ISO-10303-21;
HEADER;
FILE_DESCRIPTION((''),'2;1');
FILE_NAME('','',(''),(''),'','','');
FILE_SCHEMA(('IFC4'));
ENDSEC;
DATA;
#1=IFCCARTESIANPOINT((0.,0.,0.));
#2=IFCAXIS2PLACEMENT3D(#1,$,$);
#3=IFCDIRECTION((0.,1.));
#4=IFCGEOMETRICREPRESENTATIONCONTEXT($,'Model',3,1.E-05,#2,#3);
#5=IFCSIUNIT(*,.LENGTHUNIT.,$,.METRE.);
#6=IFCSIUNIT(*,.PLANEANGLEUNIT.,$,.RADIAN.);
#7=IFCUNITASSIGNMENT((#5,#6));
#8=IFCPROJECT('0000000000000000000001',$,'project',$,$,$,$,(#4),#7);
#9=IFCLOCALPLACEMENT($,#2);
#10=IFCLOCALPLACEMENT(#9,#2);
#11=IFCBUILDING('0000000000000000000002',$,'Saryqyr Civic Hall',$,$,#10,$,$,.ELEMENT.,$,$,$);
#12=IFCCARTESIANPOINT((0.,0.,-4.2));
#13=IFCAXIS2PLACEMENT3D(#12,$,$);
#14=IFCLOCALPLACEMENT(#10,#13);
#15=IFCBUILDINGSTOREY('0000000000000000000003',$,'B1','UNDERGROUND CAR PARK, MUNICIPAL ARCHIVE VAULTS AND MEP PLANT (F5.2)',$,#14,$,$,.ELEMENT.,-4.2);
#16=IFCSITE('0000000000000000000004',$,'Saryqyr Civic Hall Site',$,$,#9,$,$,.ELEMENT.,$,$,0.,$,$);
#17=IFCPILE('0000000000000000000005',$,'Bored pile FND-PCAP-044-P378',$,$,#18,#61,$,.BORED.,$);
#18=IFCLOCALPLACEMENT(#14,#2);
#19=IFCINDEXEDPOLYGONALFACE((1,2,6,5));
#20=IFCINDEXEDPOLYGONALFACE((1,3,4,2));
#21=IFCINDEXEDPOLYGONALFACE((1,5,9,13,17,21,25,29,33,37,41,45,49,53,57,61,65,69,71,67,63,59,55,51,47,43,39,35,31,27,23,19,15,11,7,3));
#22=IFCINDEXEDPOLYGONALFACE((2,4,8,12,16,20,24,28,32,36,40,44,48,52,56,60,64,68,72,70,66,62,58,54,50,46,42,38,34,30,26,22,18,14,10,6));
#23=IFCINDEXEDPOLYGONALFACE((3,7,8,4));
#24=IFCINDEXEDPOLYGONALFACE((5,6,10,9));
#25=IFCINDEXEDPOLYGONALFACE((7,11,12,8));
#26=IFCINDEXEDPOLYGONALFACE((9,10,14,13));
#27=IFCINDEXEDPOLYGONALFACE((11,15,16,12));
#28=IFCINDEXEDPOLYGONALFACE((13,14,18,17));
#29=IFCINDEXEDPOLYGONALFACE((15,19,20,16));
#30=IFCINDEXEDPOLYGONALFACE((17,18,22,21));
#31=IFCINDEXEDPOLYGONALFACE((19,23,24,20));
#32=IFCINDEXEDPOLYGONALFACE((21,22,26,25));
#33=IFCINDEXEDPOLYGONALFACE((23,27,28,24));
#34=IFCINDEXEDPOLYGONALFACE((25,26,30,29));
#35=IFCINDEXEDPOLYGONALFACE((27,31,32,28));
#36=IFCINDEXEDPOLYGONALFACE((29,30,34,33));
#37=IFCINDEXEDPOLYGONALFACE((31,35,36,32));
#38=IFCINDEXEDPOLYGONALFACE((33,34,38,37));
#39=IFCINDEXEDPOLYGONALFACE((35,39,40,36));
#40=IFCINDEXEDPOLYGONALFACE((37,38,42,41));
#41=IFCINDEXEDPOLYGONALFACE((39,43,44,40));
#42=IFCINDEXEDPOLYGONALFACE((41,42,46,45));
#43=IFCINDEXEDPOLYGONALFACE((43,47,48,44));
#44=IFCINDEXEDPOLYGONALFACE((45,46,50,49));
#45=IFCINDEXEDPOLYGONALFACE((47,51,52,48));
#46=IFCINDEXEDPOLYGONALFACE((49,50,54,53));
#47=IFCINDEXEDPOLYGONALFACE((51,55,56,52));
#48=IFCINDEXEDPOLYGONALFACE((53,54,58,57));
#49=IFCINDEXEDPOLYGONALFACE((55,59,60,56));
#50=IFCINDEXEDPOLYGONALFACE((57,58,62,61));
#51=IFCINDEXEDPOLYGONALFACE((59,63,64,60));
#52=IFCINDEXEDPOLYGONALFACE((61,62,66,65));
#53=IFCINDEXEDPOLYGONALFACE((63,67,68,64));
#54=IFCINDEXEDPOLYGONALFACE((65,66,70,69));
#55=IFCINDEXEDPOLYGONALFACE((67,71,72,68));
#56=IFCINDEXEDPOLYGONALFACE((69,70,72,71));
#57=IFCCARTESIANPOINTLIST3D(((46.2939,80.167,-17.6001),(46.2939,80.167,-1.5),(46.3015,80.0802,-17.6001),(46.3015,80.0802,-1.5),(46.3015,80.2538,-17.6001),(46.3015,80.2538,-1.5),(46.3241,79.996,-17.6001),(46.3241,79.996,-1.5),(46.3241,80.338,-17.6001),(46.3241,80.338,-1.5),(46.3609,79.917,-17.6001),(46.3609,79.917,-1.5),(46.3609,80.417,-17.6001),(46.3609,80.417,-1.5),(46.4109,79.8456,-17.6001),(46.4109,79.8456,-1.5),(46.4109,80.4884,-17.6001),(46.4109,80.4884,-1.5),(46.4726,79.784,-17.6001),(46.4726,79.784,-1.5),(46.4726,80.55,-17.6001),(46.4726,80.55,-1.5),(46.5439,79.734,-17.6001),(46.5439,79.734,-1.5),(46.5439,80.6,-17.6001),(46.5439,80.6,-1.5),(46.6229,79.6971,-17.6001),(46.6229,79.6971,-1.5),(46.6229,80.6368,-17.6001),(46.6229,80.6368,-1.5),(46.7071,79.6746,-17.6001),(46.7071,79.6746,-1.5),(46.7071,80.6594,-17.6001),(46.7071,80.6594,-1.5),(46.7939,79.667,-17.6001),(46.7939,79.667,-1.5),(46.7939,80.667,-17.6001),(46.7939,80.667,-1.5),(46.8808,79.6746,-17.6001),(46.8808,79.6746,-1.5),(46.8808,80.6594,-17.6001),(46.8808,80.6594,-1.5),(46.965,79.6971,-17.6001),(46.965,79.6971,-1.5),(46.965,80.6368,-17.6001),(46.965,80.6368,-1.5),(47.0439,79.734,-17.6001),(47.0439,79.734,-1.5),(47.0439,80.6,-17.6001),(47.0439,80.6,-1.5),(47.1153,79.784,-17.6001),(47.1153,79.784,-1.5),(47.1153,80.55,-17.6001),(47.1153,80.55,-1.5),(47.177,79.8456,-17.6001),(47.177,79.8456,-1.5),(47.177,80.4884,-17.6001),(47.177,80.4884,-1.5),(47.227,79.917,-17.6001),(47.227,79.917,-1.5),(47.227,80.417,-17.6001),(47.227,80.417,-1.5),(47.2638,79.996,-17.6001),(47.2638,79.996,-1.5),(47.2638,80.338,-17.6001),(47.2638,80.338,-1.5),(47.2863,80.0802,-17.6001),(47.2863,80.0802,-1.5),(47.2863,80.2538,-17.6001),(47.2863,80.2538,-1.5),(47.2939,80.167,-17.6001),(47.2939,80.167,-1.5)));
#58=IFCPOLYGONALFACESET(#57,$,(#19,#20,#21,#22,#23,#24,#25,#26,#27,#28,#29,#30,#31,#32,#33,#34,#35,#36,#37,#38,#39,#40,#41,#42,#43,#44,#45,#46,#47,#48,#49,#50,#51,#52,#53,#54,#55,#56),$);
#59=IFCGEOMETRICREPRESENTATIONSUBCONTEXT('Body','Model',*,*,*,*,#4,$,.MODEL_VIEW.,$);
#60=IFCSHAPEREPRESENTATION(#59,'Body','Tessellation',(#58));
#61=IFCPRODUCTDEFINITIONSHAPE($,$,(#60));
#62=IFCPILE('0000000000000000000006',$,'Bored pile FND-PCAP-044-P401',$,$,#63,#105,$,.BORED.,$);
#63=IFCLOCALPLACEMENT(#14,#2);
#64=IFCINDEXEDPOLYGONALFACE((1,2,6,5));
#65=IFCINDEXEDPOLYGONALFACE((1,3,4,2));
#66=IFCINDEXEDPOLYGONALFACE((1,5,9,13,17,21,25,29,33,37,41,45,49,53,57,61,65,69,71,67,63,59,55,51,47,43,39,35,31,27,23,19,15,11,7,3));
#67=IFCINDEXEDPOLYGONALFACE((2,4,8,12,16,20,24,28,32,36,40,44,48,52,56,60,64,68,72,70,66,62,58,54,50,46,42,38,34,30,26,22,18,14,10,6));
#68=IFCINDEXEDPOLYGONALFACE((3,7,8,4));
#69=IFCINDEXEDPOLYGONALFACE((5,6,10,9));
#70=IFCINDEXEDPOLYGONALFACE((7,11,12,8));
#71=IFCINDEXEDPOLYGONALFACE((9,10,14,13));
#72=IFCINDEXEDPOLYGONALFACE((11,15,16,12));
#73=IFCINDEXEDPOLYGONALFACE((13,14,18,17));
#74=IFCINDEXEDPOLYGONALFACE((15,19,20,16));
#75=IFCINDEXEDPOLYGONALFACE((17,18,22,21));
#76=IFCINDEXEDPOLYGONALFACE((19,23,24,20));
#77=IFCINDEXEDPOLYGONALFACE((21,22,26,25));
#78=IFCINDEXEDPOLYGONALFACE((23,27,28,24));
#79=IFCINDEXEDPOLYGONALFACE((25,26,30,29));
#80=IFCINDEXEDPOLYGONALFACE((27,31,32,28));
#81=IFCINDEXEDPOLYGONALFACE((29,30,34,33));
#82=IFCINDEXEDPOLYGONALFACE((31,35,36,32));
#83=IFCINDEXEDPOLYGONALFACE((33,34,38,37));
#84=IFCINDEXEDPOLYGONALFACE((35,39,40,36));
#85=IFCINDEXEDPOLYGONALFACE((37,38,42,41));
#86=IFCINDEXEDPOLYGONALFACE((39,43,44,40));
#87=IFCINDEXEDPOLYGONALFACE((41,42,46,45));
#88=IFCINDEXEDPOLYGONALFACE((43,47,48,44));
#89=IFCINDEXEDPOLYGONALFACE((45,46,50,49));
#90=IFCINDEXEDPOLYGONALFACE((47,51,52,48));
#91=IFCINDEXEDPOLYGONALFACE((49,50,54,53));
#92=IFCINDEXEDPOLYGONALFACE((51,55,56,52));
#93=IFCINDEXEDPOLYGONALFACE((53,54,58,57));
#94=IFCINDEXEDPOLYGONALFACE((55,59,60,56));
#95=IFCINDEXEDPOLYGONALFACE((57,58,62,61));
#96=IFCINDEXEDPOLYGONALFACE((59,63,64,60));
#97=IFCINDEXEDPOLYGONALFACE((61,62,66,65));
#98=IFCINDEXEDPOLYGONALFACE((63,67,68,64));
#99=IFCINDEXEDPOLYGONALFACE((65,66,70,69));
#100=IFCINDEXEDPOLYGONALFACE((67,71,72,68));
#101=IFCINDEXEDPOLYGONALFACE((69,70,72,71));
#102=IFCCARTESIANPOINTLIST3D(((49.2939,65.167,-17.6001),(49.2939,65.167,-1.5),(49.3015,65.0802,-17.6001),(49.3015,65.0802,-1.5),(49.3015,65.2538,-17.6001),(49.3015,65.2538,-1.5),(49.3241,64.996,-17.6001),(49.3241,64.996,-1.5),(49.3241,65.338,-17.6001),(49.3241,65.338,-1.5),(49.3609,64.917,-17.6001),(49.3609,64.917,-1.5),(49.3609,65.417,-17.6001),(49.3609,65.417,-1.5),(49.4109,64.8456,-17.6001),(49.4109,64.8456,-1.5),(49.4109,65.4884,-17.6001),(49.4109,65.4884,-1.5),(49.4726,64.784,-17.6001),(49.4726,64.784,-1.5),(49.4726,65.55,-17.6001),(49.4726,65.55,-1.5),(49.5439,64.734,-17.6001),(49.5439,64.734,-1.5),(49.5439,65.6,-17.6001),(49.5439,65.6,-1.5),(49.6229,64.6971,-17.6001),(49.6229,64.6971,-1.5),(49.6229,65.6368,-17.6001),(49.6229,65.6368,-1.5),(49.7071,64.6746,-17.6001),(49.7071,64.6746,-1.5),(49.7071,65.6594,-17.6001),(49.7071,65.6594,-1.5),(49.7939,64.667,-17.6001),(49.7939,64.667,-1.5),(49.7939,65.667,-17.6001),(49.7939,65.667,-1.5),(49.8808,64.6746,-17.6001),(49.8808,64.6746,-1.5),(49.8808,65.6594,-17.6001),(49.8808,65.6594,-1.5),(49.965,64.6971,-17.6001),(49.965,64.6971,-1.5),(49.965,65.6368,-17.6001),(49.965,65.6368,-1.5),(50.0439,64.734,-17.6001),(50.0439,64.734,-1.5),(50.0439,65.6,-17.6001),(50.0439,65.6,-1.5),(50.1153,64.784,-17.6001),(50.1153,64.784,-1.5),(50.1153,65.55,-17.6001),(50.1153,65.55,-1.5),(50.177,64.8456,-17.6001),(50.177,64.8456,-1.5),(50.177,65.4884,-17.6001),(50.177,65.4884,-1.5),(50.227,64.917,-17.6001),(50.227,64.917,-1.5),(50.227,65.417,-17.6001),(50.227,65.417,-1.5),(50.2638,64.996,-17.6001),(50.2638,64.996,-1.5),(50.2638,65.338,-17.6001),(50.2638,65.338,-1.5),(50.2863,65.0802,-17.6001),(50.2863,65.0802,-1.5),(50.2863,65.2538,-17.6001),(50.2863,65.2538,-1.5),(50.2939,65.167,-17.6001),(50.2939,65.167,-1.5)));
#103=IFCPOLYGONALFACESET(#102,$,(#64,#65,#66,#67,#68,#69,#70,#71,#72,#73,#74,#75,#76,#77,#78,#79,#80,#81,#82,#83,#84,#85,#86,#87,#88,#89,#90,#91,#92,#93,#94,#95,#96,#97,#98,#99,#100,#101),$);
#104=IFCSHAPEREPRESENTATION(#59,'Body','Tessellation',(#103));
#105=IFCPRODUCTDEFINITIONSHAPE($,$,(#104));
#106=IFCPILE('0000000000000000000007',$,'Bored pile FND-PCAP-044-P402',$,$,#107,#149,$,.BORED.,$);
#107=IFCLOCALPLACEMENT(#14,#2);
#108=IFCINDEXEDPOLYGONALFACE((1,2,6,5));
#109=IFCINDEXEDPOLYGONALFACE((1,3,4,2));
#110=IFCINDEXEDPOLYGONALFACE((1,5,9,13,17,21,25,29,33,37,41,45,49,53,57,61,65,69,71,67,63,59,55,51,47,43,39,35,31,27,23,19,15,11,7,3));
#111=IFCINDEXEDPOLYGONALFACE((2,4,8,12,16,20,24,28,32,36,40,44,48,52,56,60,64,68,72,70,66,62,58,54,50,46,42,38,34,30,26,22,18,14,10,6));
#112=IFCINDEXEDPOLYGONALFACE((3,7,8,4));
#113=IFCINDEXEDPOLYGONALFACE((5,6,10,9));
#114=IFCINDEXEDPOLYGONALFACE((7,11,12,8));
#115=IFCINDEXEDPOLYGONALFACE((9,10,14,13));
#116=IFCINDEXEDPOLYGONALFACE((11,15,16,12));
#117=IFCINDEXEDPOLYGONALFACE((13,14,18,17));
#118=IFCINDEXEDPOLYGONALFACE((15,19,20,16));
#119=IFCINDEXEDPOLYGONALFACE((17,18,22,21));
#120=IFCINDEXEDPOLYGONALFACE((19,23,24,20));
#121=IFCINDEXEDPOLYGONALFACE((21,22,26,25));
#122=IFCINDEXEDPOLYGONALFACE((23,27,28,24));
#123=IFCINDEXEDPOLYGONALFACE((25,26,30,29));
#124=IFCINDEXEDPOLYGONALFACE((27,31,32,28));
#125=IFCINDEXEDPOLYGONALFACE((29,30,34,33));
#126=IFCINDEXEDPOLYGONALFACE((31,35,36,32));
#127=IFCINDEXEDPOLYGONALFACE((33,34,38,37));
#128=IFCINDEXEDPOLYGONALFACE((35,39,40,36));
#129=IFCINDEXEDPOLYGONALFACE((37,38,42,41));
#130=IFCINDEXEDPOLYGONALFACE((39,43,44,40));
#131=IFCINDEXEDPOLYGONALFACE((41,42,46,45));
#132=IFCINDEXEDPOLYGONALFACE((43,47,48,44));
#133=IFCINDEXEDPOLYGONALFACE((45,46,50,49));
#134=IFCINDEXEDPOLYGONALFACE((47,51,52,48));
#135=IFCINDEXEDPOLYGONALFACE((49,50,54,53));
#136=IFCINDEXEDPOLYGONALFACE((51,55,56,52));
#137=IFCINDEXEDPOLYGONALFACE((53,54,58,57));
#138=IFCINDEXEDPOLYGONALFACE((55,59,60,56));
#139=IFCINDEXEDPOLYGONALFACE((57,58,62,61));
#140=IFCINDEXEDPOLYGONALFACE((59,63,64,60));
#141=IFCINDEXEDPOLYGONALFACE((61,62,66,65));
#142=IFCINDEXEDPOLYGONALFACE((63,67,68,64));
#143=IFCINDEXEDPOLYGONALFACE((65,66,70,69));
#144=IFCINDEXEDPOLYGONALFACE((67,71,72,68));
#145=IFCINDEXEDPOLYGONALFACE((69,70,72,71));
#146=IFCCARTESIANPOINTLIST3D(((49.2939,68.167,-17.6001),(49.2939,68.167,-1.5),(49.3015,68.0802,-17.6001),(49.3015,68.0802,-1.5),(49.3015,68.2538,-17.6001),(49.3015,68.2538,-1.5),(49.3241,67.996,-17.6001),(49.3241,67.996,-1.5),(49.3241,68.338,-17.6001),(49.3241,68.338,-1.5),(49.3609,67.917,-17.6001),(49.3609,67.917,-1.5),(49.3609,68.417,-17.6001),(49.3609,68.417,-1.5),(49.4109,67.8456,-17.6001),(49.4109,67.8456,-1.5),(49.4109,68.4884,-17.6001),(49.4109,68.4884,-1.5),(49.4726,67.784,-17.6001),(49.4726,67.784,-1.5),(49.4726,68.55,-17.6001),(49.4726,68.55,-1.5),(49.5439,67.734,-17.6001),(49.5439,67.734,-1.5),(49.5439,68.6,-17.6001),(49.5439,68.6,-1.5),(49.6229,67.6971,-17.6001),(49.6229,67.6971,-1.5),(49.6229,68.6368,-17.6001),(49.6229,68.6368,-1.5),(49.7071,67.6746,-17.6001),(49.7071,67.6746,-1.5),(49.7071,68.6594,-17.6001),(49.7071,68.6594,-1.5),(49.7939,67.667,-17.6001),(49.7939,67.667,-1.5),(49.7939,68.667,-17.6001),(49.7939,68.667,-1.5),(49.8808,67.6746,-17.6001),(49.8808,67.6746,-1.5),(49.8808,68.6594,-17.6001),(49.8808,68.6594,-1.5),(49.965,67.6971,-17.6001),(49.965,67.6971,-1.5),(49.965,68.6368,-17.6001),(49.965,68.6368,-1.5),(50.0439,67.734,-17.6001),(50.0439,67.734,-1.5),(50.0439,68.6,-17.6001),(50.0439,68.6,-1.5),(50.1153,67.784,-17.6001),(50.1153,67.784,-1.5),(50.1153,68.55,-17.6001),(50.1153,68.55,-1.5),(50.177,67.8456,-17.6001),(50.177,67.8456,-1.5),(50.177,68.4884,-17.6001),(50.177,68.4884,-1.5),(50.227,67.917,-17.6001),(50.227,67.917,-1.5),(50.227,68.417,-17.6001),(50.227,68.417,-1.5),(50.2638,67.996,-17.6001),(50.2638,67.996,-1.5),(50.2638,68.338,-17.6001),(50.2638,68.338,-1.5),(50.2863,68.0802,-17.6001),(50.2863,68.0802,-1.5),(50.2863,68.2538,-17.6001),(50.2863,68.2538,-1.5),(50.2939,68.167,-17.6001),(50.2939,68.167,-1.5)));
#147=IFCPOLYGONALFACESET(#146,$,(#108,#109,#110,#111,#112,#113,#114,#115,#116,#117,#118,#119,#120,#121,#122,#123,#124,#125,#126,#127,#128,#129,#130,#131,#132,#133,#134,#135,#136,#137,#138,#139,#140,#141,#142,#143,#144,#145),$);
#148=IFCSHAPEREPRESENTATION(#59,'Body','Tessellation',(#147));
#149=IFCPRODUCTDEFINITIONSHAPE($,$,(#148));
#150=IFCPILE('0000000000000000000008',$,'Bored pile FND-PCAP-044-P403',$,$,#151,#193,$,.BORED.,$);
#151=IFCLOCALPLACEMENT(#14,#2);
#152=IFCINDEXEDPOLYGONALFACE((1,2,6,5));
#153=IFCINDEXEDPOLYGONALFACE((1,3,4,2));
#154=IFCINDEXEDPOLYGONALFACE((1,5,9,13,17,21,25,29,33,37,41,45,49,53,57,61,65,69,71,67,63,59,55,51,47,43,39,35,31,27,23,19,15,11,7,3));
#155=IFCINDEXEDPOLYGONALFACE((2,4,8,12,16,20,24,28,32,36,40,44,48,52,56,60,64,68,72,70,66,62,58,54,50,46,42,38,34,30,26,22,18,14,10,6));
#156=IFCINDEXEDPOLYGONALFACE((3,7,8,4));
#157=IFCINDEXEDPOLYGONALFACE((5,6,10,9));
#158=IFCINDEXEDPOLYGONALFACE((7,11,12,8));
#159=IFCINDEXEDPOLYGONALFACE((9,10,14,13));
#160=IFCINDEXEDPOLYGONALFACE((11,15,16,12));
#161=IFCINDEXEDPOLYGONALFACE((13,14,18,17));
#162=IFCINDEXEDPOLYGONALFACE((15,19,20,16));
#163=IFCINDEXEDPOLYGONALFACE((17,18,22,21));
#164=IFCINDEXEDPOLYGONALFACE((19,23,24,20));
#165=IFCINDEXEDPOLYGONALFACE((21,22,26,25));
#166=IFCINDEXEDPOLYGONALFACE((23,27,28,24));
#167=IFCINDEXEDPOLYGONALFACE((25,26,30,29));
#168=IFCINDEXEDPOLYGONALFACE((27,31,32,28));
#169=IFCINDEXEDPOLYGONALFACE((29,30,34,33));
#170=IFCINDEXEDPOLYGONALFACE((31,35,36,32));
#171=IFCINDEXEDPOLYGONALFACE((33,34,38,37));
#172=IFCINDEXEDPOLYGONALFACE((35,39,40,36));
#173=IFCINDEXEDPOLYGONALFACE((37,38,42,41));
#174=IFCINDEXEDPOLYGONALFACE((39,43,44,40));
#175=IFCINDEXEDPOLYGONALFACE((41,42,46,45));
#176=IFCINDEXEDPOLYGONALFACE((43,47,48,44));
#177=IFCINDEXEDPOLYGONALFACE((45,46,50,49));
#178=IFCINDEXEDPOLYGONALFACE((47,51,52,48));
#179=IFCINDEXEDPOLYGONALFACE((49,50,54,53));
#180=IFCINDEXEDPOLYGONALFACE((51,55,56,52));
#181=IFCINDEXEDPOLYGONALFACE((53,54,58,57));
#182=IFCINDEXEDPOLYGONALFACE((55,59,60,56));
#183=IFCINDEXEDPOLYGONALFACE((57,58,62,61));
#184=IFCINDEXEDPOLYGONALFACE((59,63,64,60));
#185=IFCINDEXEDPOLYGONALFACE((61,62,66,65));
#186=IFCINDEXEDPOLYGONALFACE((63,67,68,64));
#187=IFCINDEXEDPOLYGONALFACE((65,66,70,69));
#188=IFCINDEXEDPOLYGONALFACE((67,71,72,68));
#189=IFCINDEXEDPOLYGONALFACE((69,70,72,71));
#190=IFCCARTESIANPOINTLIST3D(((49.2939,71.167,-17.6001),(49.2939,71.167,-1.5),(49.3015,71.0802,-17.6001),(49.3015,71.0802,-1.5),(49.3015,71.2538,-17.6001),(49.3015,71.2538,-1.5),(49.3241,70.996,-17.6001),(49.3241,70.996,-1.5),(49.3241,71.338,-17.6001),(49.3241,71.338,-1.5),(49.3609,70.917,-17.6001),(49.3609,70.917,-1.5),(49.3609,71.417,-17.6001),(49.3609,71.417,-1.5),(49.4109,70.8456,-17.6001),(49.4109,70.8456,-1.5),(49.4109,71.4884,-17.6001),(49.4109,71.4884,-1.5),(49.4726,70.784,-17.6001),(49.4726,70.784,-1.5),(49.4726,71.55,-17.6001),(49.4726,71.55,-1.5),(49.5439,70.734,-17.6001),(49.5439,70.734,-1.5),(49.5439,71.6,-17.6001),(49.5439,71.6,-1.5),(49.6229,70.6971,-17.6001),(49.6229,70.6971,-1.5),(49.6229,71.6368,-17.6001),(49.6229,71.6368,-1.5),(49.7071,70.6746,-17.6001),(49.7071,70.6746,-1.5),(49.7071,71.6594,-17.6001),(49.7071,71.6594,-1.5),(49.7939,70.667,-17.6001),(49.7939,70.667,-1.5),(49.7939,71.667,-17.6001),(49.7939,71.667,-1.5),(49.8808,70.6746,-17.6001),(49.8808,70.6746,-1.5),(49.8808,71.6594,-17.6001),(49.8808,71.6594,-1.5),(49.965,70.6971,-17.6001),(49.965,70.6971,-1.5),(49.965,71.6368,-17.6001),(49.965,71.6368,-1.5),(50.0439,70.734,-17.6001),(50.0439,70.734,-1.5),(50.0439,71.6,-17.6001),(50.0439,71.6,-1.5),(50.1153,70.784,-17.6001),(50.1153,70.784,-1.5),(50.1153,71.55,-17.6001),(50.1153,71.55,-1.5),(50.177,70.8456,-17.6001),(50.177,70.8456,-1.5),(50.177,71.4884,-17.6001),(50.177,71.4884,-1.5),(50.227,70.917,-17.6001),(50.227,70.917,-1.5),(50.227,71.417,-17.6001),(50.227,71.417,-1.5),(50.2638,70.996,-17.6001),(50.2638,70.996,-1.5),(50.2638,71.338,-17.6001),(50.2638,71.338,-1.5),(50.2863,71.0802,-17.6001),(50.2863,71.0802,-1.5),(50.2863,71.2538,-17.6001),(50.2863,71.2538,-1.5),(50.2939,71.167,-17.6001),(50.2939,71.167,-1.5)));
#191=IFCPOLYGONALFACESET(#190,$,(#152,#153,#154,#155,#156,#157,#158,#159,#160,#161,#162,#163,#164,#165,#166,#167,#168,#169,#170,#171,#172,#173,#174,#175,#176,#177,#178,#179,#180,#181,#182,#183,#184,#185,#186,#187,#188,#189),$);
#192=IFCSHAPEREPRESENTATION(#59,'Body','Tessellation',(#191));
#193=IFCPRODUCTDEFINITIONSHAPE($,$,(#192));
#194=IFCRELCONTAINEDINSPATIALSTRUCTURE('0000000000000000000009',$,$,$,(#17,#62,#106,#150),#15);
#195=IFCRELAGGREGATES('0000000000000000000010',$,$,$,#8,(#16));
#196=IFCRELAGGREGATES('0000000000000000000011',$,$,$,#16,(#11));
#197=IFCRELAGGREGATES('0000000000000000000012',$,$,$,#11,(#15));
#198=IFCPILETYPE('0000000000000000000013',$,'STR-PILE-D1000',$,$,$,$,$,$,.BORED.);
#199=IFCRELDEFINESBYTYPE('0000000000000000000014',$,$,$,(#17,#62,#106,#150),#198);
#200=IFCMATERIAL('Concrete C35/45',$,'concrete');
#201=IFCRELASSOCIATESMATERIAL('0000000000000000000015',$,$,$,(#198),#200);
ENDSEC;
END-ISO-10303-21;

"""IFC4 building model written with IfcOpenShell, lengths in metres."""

from ifc_helpers import new_model, si_unit, direction, frame, origin, origin_2d, place, context, subcontext, project, spatial, circle, extrude, material, material_profile, profile_set, type_object, element, save


model = new_model("IFC4")

# Units and contexts
model_context = context("Model", 3, precision=1e-05, world=origin(), true_north=direction((0.0, 1.0)))
body_context = subcontext(model_context, "Body", "Model", "MODEL_VIEW")
ifc_project = project(units=[si_unit("LENGTHUNIT", "METRE"), si_unit("PLANEANGLEUNIT", "RADIAN")], contexts=[model_context])

# Site, building, storey
site_placement = place(None, origin())
site = spatial("IfcSite", under=ifc_project, at=site_placement, Name="Saryqyr Civic Hall Site", CompositionType="ELEMENT", RefElevation=0.0)
building_placement = place(site_placement, origin())
building = spatial("IfcBuilding", under=site, at=building_placement, Name="Saryqyr Civic Hall", CompositionType="ELEMENT")
storey_placement = place(building_placement, frame((0.0, 0.0, -4.2)))
storey = spatial("IfcBuildingStorey", under=building, at=storey_placement, Name="B1", Description="UNDERGROUND CAR PARK, MUNICIPAL ARCHIVE VAULTS AND MEP PLANT (F5.2)", CompositionType="ELEMENT", Elevation=-4.2)

# Shared definitions
ifc_material_1 = material(Name="Concrete C35/45", Category="concrete")

# Piles
ifc_material_profile_1 = material_profile(ifc_material_1, circle(Radius=0.5, at=origin_2d()), Name="BORED PILE D1000")
ifc_profile_set_1 = profile_set([ifc_material_profile_1], Name="Concrete C35/45")
pile_type = type_object("IfcPileType", Name="STR-PILE-D1000", PredefinedType="BORED", material=ifc_profile_set_1)
for number, where, z_axis, x_axis, name in (
    (1, (46.7939, 80.167, -1.5), (0.0, 0.0, -1.0), (1.0, 0.0, 0.0), "Bored pile FND-PCAP-044-P378"),
    (2, (49.7939, 65.167, -1.5), (0.0, 0.0, -1.0), (1.0, 0.0, 0.0), "Bored pile FND-PCAP-044-P401"),
    (3, (49.7939, 68.167, -1.5), (0.0, 0.0, -1.0), (1.0, 0.0, 0.0), "Bored pile FND-PCAP-044-P402"),
    (4, (49.7939, 71.167, -1.5), (0.0, 0.0, -1.0), (1.0, 0.0, 0.0), "Bored pile FND-PCAP-044-P403"),
):
    element("IfcPile", number, at=place(storey_placement, frame(where, z_axis=z_axis, x_axis=x_axis)), inside=storey, type_object=pile_type, Name=name, PredefinedType="BORED", context=body_context, shape_type="SweptSolid", body=[
        extrude(circle(Radius=0.5, at=origin_2d()), origin(), (0.0, 0.0, 1.0), 16.1001),
    ])

save(model, "model.ifc")
